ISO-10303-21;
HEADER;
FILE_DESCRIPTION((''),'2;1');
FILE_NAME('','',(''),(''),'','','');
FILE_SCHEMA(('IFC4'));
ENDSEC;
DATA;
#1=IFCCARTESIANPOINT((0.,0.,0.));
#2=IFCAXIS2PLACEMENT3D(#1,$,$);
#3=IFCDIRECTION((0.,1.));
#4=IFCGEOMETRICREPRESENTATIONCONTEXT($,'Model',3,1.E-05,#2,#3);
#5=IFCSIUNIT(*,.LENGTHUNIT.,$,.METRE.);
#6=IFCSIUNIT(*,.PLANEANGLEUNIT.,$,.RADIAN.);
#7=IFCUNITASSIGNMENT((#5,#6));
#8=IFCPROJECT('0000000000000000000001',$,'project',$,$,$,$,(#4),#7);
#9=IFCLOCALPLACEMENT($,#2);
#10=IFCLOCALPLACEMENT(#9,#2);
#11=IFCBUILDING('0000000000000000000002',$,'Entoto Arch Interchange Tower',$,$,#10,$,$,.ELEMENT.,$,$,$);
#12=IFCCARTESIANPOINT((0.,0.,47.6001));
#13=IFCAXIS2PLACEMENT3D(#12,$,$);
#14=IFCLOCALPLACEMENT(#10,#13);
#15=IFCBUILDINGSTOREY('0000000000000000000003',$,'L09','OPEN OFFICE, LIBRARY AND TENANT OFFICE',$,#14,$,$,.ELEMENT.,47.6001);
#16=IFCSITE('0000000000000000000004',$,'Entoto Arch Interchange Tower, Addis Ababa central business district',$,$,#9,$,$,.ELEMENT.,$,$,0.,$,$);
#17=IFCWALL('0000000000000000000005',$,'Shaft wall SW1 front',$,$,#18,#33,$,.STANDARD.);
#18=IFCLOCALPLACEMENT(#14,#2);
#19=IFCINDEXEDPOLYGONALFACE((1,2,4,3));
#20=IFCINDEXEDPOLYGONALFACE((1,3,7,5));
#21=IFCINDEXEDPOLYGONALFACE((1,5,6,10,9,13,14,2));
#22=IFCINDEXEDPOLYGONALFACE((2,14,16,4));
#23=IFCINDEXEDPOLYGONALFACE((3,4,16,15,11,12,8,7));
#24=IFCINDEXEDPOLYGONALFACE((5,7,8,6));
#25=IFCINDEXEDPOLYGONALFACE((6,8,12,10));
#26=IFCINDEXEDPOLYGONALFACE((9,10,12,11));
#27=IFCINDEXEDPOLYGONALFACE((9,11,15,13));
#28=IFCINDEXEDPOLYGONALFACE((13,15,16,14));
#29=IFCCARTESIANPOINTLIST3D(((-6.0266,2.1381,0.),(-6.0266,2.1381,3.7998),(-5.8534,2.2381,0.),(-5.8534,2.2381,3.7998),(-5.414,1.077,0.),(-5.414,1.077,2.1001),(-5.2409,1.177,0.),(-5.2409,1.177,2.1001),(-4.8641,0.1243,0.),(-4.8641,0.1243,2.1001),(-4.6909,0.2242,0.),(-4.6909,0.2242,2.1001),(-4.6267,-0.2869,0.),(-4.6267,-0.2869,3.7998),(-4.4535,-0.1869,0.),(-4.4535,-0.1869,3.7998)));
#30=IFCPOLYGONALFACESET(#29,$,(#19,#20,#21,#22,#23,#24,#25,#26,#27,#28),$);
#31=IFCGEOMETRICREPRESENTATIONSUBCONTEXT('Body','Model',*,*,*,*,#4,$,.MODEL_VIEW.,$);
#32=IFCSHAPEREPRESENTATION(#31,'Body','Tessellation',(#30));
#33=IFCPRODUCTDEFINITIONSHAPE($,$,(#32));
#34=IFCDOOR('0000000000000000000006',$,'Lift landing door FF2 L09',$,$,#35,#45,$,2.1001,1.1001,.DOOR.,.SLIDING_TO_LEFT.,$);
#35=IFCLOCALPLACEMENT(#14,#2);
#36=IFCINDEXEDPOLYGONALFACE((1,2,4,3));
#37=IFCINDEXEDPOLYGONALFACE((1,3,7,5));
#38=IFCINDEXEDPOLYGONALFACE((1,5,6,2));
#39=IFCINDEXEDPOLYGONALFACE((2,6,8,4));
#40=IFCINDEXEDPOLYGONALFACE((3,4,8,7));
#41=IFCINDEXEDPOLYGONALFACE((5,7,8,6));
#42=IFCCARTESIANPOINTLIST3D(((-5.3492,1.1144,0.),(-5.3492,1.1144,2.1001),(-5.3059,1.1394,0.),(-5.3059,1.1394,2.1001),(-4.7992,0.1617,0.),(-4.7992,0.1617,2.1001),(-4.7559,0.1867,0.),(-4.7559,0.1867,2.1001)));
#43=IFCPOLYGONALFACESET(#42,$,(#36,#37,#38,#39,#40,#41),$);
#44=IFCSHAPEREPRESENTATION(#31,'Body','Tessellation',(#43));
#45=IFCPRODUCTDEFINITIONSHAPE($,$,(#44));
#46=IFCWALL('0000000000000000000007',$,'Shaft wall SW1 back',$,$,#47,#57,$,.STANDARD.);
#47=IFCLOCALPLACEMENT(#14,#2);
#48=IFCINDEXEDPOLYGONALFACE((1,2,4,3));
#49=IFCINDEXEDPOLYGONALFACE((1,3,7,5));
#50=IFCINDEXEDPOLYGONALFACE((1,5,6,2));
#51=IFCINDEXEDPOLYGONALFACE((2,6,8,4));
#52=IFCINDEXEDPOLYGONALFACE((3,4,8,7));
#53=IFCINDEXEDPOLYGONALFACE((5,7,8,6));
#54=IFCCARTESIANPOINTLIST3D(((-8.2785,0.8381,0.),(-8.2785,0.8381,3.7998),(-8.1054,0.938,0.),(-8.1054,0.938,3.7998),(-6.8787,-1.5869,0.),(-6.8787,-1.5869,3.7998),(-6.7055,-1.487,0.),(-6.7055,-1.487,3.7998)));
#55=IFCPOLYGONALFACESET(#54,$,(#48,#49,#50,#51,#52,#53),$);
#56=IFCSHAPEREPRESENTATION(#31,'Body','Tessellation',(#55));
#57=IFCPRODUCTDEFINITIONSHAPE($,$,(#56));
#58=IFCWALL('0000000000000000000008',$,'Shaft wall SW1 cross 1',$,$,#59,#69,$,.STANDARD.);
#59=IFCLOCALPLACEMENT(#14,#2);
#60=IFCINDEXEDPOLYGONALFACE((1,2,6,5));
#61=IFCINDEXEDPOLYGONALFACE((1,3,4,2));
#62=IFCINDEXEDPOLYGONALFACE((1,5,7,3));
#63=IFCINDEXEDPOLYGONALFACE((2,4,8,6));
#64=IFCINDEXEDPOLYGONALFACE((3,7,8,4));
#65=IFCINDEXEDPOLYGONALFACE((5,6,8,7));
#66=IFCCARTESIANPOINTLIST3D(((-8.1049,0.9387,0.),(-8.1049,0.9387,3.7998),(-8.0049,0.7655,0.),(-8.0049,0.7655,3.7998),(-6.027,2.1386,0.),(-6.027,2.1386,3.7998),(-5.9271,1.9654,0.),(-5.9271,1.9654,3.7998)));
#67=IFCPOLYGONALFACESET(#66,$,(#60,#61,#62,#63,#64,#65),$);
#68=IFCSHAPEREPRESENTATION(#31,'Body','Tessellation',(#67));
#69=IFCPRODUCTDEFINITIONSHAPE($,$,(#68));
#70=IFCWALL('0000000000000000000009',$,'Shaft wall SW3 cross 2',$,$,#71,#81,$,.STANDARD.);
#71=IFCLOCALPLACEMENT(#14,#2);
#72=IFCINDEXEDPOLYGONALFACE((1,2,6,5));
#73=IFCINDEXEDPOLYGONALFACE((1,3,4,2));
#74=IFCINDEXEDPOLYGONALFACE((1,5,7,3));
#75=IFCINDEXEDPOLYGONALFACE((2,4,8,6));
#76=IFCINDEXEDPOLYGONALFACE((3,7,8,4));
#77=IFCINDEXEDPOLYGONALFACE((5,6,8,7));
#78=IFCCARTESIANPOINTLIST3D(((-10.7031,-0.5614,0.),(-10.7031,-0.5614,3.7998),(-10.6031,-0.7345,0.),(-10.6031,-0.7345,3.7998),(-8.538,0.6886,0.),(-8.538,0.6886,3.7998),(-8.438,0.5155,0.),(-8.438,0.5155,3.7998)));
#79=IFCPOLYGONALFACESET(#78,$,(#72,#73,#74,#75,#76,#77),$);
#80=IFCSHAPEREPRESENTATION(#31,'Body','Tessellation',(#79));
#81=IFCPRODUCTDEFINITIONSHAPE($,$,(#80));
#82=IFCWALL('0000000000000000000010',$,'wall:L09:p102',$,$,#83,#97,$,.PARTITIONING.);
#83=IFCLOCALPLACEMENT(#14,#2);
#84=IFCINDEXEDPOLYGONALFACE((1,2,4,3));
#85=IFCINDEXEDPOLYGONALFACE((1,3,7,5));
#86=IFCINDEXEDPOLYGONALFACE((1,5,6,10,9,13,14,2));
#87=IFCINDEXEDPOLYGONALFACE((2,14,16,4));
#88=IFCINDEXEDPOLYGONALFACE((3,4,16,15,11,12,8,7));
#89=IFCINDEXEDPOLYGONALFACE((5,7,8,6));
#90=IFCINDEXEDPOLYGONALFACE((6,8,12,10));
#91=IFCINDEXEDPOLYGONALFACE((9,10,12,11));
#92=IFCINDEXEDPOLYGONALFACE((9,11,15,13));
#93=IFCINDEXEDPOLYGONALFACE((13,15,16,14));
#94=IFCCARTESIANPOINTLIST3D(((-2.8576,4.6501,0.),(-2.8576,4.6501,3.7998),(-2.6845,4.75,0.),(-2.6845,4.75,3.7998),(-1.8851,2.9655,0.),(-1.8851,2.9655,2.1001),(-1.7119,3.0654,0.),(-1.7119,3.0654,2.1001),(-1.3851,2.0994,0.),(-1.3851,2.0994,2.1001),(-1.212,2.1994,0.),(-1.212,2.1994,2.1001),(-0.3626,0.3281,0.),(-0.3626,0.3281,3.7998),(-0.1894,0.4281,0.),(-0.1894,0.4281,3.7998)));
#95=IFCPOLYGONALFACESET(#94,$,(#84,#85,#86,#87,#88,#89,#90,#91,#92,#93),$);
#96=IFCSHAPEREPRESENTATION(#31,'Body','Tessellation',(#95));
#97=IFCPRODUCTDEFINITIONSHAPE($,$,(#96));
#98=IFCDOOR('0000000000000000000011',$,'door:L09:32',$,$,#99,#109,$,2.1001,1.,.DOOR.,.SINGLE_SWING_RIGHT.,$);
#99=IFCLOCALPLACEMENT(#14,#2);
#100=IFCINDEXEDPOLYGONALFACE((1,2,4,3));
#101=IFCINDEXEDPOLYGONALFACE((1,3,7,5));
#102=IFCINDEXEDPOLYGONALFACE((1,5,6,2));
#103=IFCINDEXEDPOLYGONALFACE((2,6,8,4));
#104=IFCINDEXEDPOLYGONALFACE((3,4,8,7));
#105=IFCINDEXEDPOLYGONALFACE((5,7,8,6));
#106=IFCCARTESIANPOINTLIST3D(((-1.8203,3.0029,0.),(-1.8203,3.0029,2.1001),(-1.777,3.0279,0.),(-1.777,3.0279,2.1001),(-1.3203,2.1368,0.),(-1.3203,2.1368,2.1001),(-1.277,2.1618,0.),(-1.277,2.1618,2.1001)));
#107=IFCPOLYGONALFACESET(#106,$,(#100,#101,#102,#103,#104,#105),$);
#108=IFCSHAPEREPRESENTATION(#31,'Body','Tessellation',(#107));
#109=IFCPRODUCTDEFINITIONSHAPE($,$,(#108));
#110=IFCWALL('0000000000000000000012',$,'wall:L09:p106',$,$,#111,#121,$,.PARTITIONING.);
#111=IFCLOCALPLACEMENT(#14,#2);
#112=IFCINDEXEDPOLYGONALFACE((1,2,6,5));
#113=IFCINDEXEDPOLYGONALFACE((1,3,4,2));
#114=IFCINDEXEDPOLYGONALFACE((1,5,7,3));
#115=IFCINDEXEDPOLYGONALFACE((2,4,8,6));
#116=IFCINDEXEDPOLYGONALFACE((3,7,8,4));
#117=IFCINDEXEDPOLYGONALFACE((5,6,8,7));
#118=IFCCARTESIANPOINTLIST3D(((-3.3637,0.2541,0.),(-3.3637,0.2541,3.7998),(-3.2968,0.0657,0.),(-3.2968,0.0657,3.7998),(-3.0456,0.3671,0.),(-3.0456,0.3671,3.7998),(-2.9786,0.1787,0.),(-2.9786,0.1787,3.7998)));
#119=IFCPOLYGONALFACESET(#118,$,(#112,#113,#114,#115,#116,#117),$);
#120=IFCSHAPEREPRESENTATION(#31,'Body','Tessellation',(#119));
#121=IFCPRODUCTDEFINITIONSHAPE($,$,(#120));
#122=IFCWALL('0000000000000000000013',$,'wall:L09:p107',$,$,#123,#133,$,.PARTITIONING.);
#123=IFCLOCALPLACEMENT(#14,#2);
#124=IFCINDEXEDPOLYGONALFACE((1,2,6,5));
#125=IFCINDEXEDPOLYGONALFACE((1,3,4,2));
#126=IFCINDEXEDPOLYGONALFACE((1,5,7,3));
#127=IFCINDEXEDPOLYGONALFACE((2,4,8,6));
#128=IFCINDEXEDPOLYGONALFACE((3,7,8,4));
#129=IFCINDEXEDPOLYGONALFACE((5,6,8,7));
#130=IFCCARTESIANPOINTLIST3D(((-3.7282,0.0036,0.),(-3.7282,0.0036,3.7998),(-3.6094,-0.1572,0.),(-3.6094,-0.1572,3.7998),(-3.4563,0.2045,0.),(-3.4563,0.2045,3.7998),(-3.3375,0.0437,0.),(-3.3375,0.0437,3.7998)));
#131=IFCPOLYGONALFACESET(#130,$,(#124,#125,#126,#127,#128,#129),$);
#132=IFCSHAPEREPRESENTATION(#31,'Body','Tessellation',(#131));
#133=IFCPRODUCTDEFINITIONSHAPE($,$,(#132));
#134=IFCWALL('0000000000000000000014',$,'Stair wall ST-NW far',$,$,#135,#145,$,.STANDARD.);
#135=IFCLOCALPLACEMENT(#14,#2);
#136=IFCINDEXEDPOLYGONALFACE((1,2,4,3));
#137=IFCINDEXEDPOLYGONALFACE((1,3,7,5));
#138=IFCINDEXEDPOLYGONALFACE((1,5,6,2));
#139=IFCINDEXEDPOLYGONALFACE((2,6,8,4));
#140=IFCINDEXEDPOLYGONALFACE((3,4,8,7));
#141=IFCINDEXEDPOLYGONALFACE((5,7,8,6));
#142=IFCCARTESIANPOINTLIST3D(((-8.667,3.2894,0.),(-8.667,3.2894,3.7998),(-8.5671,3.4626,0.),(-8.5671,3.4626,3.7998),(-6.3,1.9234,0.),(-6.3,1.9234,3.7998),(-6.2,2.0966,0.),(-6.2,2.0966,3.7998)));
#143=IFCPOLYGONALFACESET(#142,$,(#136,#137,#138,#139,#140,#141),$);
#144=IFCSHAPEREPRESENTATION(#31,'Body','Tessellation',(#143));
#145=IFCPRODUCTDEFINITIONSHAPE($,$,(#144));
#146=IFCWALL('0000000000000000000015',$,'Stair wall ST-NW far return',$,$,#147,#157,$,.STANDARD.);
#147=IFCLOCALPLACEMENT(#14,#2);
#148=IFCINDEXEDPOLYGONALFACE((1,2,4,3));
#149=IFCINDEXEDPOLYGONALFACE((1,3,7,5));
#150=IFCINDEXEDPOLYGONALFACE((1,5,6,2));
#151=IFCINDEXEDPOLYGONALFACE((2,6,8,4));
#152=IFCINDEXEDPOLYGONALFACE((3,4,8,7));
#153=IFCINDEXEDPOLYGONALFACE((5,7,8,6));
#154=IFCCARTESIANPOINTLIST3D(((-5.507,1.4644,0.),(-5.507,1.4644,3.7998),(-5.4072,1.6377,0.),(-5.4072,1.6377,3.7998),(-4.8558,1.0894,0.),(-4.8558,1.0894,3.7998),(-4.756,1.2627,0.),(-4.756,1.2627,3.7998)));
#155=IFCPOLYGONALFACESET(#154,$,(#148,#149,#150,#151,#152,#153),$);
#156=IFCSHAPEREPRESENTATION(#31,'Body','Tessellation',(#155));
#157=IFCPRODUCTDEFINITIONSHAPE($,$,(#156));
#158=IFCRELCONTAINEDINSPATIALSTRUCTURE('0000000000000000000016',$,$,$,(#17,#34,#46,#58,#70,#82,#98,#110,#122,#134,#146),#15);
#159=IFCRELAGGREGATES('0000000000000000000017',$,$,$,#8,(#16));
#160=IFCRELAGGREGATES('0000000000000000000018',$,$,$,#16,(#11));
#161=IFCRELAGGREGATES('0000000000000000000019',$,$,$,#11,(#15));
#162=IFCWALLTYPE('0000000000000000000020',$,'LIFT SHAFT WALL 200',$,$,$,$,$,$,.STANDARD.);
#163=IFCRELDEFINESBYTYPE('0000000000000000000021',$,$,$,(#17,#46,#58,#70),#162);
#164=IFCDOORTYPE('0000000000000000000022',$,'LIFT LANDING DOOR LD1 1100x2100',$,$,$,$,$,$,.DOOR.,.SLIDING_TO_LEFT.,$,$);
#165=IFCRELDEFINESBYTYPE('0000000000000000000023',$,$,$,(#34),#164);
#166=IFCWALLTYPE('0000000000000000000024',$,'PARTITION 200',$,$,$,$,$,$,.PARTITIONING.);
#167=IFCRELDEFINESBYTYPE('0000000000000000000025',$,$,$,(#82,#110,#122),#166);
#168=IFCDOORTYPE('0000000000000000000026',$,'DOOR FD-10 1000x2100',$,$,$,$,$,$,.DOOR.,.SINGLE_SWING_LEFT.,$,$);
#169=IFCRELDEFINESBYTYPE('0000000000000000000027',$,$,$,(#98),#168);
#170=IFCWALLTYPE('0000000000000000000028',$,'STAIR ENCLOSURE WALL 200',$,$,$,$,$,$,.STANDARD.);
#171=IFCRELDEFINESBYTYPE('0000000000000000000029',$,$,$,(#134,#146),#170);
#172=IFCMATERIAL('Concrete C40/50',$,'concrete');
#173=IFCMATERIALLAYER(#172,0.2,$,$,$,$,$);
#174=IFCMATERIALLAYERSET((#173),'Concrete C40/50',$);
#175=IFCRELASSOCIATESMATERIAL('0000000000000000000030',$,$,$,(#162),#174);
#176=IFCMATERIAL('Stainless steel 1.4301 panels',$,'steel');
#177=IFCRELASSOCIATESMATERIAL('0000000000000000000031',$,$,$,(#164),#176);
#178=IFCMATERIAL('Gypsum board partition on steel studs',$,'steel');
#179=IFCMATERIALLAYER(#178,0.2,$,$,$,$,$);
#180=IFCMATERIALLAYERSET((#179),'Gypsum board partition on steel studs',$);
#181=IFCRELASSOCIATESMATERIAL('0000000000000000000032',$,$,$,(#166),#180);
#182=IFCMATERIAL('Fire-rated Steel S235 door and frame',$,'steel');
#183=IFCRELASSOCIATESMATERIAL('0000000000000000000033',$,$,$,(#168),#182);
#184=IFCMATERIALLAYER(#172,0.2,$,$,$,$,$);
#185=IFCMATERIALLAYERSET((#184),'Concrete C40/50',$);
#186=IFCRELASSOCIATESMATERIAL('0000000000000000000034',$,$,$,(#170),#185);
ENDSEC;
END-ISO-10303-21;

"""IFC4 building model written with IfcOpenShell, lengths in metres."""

from ifc_helpers import new_model, si_unit, direction, frame, frame_2d, origin, place, context, subcontext, project, spatial, rectangle, extrude, material, layer, layer_set, type_object, element, fill, save


model = new_model("IFC4")

# Units and contexts
model_context = context("Model", 3, precision=1e-05, world=origin(), true_north=direction((0.0, 1.0)))
body_context = subcontext(model_context, "Body", "Model", "MODEL_VIEW")
ifc_project = project(units=[si_unit("LENGTHUNIT", "METRE"), si_unit("PLANEANGLEUNIT", "RADIAN")], contexts=[model_context])

# Site, building, storey
site_placement = place(None, origin())
site = spatial("IfcSite", under=ifc_project, at=site_placement, Name="Entoto Arch Interchange Tower, Addis Ababa central business district", CompositionType="ELEMENT", RefElevation=0.0)
building_placement = place(site_placement, origin())
building = spatial("IfcBuilding", under=site, at=building_placement, Name="Entoto Arch Interchange Tower", CompositionType="ELEMENT")
storey_placement = place(building_placement, frame((0.0, 0.0, 47.6001)))
storey = spatial("IfcBuildingStorey", under=building, at=storey_placement, Name="L09", Description="OPEN OFFICE, LIBRARY AND TENANT OFFICE", CompositionType="ELEMENT", Elevation=47.6001)

# Wall, opening, door
ifc_material_1 = material(Name="Concrete C40/50", Category="concrete")
ifc_layer_1 = layer(ifc_material_1, 0.2)
ifc_layer_set_1 = layer_set([ifc_layer_1], Name="Concrete C40/50")
wall_type_1 = type_object("IfcWallType", Name="LIFT SHAFT WALL 200", PredefinedType="STANDARD", material=ifc_layer_set_1)
wall_1_placement = place(storey_placement, frame((-5.9399, 2.188, 0.0), z_axis=(0.0, 0.0, 1.0), x_axis=(0.499946, -0.866056, 0.0)))
wall_1 = element("IfcWall", 1, at=wall_1_placement, inside=storey, type_object=wall_type_1, Name="Shaft wall SW1 front", PredefinedType="STANDARD", context=body_context, shape_type="SweptSolid", body=[
    extrude(rectangle(XDim=2.8, YDim=0.2, at=frame_2d((1.3999, 0.0))), origin(), (0.0, 0.0, 1.0), 3.7998),
])
opening_1_placement = place(wall_1_placement, frame((1.2251, 0.0, 0.0)))
opening_1 = element("IfcOpeningElement", 2, at=opening_1_placement, cuts=wall_1, PredefinedType="OPENING", context=body_context, shape_type="SweptSolid", body=[
    extrude(rectangle(XDim=1.1001, YDim=2.1001, at=frame_2d((0.55, 1.05))), frame((0.0, 0.1099, 0.0), z_axis=(0.0, -1.0, 0.0), x_axis=(1.0, 0.0, 0.0)), (0.0, 0.0, 1.0), 0.22),
])
ifc_material_2 = material(Name="Stainless steel 1.4301 panels", Category="steel")
door_type_1 = type_object("IfcDoorType", Name="LIFT LANDING DOOR LD1 1100x2100", OperationType="SLIDING_TO_LEFT", PredefinedType="DOOR", material=ifc_material_2)
door_1_placement = place(opening_1_placement, origin())
door_1 = element("IfcDoor", 3, at=door_1_placement, inside=storey, type_object=door_type_1, Name="Lift landing door FF2 L09", OperationType="SLIDING_TO_LEFT", OverallHeight=2.1001, OverallWidth=1.1001, PredefinedType="DOOR", context=body_context, shape_type="SweptSolid", body=[
    extrude(rectangle(XDim=1.1001, YDim=2.1001, at=frame_2d((0.55, 1.05))), frame((0.0, 0.0249, 0.0), z_axis=(0.0, -1.0, 0.0), x_axis=(1.0, 0.0, 0.0)), (0.0, 0.0, 1.0), 0.05),
])
fill(opening_1, door_1)

# Walls
wall_2_placement = place(storey_placement, frame((-8.1919, 0.8879, 0.0), z_axis=(0.0, 0.0, 1.0), x_axis=(0.499946, -0.866056, 0.0)))
element("IfcWall", 4, at=wall_2_placement, inside=storey, type_object=wall_type_1, Name="Shaft wall SW1 back", PredefinedType="STANDARD", context=body_context, shape_type="SweptSolid", body=[
    extrude(rectangle(XDim=2.8, YDim=0.2, at=frame_2d((1.3999, 0.0))), origin(), (0.0, 0.0, 1.0), 3.7998),
])
wall_3_placement = place(storey_placement, frame((-5.9771, 2.052, 0.0), z_axis=(0.0, 0.0, 1.0), x_axis=(-0.865974, -0.500089, 0.0)))
element("IfcWall", 5, at=wall_3_placement, inside=storey, type_object=wall_type_1, Name="Shaft wall SW1 cross 1", PredefinedType="STANDARD", context=body_context, shape_type="SweptSolid", body=[
    extrude(rectangle(XDim=2.3994, YDim=0.2, at=frame_2d((1.1997, 0.0))), origin(), (0.0, 0.0, 1.0), 3.7998),
])
wall_4_placement = place(storey_placement, frame((-8.488, 0.6021, 0.0), z_axis=(0.0, 0.0, 1.0), x_axis=(-0.866023, -0.500004, 0.0)))
element("IfcWall", 6, at=wall_4_placement, inside=storey, type_object=wall_type_1, Name="Shaft wall SW3 cross 2", PredefinedType="STANDARD", context=body_context, shape_type="SweptSolid", body=[
    extrude(rectangle(XDim=2.5, YDim=0.2, at=frame_2d((1.25, 0.0))), origin(), (0.0, 0.0, 1.0), 3.7998),
])

# Wall, opening, door
ifc_material_3 = material(Name="Gypsum board partition on steel studs", Category="steel")
ifc_layer_2 = layer(ifc_material_3, 0.2)
ifc_layer_set_2 = layer_set([ifc_layer_2], Name="Gypsum board partition on steel studs")
wall_type_2 = type_object("IfcWallType", Name="PARTITION 200", PredefinedType="PARTITIONING", material=ifc_layer_set_2)
wall_5_placement = place(storey_placement, frame((-2.771, 4.7, 0.0), z_axis=(0.0, 0.0, 1.0), x_axis=(0.499969, -0.866043, 0.0)))
wall_5 = element("IfcWall", 7, at=wall_5_placement, inside=storey, type_object=wall_type_2, Name="wall:L09:p102", PredefinedType="PARTITIONING", context=body_context, shape_type="SweptSolid", body=[
    extrude(rectangle(XDim=4.9905, YDim=0.2, at=frame_2d((2.4951, 0.0))), origin(), (0.0, 0.0, 1.0), 3.7998),
])
opening_2_placement = place(wall_5_placement, frame((1.9451, 0.0, 0.0)))
opening_2 = element("IfcOpeningElement", 8, at=opening_2_placement, cuts=wall_5, PredefinedType="OPENING", context=body_context, shape_type="SweptSolid", body=[
    extrude(rectangle(XDim=1.0, YDim=2.1001, at=frame_2d((0.5, 1.05))), frame((0.0, 0.1099, 0.0), z_axis=(0.0, -1.0, 0.0), x_axis=(1.0, 0.0, 0.0)), (0.0, 0.0, 1.0), 0.22),
])
ifc_material_4 = material(Name="Fire-rated Steel S235 door and frame", Category="steel")
door_type_2 = type_object("IfcDoorType", Name="DOOR FD-10 1000x2100", OperationType="SINGLE_SWING_LEFT", PredefinedType="DOOR", material=ifc_material_4)
door_2_placement = place(opening_2_placement, origin())
door_2 = element("IfcDoor", 9, at=door_2_placement, inside=storey, type_object=door_type_2, Name="door:L09:32", OperationType="SINGLE_SWING_RIGHT", OverallHeight=2.1001, OverallWidth=1.0, PredefinedType="DOOR", context=body_context, shape_type="SweptSolid", body=[
    extrude(rectangle(XDim=1.0, YDim=2.1001, at=frame_2d((0.5, 1.05))), frame((0.0, 0.0249, 0.0), z_axis=(0.0, -1.0, 0.0), x_axis=(1.0, 0.0, 0.0)), (0.0, 0.0, 1.0), 0.05),
])
fill(opening_2, door_2)

# Walls
wall_6_placement = place(storey_placement, frame((-3.012, 0.2729, 0.0), z_axis=(0.0, 0.0, 1.0), x_axis=(-0.942281, -0.334824, 0.0)))
element("IfcWall", 10, at=wall_6_placement, inside=storey, type_object=wall_type_2, Name="wall:L09:p106", PredefinedType="PARTITIONING", context=body_context, shape_type="SweptSolid", body=[
    extrude(rectangle(XDim=0.3376, YDim=0.2, at=frame_2d((0.1689, 0.0))), origin(), (0.0, 0.0, 1.0), 3.7998),
])
wall_7_placement = place(storey_placement, frame((-3.397, 0.124, 0.0), z_axis=(0.0, 0.0, 1.0), x_axis=(-0.804311, -0.594208, 0.0)))
element("IfcWall", 11, at=wall_7_placement, inside=storey, type_object=wall_type_2, Name="wall:L09:p107", PredefinedType="PARTITIONING", context=body_context, shape_type="SweptSolid", body=[
    extrude(rectangle(XDim=0.3381, YDim=0.2, at=frame_2d((0.1689, 0.0))), origin(), (0.0, 0.0, 1.0), 3.7998),
])
ifc_layer_3 = layer(ifc_material_1, 0.2)
ifc_layer_set_3 = layer_set([ifc_layer_3], Name="Concrete C40/50")
wall_type_3 = type_object("IfcWallType", Name="STAIR ENCLOSURE WALL 200", PredefinedType="STANDARD", material=ifc_layer_set_3)
wall_8_placement = place(storey_placement, frame((-6.25, 2.01, 0.0), z_axis=(0.0, 0.0, 1.0), x_axis=(-0.866119, 0.499838, 0.0)))
element("IfcWall", 12, at=wall_8_placement, inside=storey, type_object=wall_type_3, Name="Stair wall ST-NW far", PredefinedType="STANDARD", context=body_context, shape_type="SweptSolid", body=[
    extrude(rectangle(XDim=2.7329, YDim=0.2, at=frame_2d((1.3665, 0.0))), origin(), (0.0, 0.0, 1.0), 3.7998),
])
wall_9_placement = place(storey_placement, frame((-4.8059, 1.176, 0.0), z_axis=(0.0, 0.0, 1.0), x_axis=(-0.866559, 0.499075, 0.0)))
element("IfcWall", 13, at=wall_9_placement, inside=storey, type_object=wall_type_3, Name="Stair wall ST-NW far return", PredefinedType="STANDARD", context=body_context, shape_type="SweptSolid", body=[
    extrude(rectangle(XDim=0.7515, YDim=0.2, at=frame_2d((0.3757, 0.0))), origin(), (0.0, 0.0, 1.0), 3.7998),
])

save(model, "model.ifc")
